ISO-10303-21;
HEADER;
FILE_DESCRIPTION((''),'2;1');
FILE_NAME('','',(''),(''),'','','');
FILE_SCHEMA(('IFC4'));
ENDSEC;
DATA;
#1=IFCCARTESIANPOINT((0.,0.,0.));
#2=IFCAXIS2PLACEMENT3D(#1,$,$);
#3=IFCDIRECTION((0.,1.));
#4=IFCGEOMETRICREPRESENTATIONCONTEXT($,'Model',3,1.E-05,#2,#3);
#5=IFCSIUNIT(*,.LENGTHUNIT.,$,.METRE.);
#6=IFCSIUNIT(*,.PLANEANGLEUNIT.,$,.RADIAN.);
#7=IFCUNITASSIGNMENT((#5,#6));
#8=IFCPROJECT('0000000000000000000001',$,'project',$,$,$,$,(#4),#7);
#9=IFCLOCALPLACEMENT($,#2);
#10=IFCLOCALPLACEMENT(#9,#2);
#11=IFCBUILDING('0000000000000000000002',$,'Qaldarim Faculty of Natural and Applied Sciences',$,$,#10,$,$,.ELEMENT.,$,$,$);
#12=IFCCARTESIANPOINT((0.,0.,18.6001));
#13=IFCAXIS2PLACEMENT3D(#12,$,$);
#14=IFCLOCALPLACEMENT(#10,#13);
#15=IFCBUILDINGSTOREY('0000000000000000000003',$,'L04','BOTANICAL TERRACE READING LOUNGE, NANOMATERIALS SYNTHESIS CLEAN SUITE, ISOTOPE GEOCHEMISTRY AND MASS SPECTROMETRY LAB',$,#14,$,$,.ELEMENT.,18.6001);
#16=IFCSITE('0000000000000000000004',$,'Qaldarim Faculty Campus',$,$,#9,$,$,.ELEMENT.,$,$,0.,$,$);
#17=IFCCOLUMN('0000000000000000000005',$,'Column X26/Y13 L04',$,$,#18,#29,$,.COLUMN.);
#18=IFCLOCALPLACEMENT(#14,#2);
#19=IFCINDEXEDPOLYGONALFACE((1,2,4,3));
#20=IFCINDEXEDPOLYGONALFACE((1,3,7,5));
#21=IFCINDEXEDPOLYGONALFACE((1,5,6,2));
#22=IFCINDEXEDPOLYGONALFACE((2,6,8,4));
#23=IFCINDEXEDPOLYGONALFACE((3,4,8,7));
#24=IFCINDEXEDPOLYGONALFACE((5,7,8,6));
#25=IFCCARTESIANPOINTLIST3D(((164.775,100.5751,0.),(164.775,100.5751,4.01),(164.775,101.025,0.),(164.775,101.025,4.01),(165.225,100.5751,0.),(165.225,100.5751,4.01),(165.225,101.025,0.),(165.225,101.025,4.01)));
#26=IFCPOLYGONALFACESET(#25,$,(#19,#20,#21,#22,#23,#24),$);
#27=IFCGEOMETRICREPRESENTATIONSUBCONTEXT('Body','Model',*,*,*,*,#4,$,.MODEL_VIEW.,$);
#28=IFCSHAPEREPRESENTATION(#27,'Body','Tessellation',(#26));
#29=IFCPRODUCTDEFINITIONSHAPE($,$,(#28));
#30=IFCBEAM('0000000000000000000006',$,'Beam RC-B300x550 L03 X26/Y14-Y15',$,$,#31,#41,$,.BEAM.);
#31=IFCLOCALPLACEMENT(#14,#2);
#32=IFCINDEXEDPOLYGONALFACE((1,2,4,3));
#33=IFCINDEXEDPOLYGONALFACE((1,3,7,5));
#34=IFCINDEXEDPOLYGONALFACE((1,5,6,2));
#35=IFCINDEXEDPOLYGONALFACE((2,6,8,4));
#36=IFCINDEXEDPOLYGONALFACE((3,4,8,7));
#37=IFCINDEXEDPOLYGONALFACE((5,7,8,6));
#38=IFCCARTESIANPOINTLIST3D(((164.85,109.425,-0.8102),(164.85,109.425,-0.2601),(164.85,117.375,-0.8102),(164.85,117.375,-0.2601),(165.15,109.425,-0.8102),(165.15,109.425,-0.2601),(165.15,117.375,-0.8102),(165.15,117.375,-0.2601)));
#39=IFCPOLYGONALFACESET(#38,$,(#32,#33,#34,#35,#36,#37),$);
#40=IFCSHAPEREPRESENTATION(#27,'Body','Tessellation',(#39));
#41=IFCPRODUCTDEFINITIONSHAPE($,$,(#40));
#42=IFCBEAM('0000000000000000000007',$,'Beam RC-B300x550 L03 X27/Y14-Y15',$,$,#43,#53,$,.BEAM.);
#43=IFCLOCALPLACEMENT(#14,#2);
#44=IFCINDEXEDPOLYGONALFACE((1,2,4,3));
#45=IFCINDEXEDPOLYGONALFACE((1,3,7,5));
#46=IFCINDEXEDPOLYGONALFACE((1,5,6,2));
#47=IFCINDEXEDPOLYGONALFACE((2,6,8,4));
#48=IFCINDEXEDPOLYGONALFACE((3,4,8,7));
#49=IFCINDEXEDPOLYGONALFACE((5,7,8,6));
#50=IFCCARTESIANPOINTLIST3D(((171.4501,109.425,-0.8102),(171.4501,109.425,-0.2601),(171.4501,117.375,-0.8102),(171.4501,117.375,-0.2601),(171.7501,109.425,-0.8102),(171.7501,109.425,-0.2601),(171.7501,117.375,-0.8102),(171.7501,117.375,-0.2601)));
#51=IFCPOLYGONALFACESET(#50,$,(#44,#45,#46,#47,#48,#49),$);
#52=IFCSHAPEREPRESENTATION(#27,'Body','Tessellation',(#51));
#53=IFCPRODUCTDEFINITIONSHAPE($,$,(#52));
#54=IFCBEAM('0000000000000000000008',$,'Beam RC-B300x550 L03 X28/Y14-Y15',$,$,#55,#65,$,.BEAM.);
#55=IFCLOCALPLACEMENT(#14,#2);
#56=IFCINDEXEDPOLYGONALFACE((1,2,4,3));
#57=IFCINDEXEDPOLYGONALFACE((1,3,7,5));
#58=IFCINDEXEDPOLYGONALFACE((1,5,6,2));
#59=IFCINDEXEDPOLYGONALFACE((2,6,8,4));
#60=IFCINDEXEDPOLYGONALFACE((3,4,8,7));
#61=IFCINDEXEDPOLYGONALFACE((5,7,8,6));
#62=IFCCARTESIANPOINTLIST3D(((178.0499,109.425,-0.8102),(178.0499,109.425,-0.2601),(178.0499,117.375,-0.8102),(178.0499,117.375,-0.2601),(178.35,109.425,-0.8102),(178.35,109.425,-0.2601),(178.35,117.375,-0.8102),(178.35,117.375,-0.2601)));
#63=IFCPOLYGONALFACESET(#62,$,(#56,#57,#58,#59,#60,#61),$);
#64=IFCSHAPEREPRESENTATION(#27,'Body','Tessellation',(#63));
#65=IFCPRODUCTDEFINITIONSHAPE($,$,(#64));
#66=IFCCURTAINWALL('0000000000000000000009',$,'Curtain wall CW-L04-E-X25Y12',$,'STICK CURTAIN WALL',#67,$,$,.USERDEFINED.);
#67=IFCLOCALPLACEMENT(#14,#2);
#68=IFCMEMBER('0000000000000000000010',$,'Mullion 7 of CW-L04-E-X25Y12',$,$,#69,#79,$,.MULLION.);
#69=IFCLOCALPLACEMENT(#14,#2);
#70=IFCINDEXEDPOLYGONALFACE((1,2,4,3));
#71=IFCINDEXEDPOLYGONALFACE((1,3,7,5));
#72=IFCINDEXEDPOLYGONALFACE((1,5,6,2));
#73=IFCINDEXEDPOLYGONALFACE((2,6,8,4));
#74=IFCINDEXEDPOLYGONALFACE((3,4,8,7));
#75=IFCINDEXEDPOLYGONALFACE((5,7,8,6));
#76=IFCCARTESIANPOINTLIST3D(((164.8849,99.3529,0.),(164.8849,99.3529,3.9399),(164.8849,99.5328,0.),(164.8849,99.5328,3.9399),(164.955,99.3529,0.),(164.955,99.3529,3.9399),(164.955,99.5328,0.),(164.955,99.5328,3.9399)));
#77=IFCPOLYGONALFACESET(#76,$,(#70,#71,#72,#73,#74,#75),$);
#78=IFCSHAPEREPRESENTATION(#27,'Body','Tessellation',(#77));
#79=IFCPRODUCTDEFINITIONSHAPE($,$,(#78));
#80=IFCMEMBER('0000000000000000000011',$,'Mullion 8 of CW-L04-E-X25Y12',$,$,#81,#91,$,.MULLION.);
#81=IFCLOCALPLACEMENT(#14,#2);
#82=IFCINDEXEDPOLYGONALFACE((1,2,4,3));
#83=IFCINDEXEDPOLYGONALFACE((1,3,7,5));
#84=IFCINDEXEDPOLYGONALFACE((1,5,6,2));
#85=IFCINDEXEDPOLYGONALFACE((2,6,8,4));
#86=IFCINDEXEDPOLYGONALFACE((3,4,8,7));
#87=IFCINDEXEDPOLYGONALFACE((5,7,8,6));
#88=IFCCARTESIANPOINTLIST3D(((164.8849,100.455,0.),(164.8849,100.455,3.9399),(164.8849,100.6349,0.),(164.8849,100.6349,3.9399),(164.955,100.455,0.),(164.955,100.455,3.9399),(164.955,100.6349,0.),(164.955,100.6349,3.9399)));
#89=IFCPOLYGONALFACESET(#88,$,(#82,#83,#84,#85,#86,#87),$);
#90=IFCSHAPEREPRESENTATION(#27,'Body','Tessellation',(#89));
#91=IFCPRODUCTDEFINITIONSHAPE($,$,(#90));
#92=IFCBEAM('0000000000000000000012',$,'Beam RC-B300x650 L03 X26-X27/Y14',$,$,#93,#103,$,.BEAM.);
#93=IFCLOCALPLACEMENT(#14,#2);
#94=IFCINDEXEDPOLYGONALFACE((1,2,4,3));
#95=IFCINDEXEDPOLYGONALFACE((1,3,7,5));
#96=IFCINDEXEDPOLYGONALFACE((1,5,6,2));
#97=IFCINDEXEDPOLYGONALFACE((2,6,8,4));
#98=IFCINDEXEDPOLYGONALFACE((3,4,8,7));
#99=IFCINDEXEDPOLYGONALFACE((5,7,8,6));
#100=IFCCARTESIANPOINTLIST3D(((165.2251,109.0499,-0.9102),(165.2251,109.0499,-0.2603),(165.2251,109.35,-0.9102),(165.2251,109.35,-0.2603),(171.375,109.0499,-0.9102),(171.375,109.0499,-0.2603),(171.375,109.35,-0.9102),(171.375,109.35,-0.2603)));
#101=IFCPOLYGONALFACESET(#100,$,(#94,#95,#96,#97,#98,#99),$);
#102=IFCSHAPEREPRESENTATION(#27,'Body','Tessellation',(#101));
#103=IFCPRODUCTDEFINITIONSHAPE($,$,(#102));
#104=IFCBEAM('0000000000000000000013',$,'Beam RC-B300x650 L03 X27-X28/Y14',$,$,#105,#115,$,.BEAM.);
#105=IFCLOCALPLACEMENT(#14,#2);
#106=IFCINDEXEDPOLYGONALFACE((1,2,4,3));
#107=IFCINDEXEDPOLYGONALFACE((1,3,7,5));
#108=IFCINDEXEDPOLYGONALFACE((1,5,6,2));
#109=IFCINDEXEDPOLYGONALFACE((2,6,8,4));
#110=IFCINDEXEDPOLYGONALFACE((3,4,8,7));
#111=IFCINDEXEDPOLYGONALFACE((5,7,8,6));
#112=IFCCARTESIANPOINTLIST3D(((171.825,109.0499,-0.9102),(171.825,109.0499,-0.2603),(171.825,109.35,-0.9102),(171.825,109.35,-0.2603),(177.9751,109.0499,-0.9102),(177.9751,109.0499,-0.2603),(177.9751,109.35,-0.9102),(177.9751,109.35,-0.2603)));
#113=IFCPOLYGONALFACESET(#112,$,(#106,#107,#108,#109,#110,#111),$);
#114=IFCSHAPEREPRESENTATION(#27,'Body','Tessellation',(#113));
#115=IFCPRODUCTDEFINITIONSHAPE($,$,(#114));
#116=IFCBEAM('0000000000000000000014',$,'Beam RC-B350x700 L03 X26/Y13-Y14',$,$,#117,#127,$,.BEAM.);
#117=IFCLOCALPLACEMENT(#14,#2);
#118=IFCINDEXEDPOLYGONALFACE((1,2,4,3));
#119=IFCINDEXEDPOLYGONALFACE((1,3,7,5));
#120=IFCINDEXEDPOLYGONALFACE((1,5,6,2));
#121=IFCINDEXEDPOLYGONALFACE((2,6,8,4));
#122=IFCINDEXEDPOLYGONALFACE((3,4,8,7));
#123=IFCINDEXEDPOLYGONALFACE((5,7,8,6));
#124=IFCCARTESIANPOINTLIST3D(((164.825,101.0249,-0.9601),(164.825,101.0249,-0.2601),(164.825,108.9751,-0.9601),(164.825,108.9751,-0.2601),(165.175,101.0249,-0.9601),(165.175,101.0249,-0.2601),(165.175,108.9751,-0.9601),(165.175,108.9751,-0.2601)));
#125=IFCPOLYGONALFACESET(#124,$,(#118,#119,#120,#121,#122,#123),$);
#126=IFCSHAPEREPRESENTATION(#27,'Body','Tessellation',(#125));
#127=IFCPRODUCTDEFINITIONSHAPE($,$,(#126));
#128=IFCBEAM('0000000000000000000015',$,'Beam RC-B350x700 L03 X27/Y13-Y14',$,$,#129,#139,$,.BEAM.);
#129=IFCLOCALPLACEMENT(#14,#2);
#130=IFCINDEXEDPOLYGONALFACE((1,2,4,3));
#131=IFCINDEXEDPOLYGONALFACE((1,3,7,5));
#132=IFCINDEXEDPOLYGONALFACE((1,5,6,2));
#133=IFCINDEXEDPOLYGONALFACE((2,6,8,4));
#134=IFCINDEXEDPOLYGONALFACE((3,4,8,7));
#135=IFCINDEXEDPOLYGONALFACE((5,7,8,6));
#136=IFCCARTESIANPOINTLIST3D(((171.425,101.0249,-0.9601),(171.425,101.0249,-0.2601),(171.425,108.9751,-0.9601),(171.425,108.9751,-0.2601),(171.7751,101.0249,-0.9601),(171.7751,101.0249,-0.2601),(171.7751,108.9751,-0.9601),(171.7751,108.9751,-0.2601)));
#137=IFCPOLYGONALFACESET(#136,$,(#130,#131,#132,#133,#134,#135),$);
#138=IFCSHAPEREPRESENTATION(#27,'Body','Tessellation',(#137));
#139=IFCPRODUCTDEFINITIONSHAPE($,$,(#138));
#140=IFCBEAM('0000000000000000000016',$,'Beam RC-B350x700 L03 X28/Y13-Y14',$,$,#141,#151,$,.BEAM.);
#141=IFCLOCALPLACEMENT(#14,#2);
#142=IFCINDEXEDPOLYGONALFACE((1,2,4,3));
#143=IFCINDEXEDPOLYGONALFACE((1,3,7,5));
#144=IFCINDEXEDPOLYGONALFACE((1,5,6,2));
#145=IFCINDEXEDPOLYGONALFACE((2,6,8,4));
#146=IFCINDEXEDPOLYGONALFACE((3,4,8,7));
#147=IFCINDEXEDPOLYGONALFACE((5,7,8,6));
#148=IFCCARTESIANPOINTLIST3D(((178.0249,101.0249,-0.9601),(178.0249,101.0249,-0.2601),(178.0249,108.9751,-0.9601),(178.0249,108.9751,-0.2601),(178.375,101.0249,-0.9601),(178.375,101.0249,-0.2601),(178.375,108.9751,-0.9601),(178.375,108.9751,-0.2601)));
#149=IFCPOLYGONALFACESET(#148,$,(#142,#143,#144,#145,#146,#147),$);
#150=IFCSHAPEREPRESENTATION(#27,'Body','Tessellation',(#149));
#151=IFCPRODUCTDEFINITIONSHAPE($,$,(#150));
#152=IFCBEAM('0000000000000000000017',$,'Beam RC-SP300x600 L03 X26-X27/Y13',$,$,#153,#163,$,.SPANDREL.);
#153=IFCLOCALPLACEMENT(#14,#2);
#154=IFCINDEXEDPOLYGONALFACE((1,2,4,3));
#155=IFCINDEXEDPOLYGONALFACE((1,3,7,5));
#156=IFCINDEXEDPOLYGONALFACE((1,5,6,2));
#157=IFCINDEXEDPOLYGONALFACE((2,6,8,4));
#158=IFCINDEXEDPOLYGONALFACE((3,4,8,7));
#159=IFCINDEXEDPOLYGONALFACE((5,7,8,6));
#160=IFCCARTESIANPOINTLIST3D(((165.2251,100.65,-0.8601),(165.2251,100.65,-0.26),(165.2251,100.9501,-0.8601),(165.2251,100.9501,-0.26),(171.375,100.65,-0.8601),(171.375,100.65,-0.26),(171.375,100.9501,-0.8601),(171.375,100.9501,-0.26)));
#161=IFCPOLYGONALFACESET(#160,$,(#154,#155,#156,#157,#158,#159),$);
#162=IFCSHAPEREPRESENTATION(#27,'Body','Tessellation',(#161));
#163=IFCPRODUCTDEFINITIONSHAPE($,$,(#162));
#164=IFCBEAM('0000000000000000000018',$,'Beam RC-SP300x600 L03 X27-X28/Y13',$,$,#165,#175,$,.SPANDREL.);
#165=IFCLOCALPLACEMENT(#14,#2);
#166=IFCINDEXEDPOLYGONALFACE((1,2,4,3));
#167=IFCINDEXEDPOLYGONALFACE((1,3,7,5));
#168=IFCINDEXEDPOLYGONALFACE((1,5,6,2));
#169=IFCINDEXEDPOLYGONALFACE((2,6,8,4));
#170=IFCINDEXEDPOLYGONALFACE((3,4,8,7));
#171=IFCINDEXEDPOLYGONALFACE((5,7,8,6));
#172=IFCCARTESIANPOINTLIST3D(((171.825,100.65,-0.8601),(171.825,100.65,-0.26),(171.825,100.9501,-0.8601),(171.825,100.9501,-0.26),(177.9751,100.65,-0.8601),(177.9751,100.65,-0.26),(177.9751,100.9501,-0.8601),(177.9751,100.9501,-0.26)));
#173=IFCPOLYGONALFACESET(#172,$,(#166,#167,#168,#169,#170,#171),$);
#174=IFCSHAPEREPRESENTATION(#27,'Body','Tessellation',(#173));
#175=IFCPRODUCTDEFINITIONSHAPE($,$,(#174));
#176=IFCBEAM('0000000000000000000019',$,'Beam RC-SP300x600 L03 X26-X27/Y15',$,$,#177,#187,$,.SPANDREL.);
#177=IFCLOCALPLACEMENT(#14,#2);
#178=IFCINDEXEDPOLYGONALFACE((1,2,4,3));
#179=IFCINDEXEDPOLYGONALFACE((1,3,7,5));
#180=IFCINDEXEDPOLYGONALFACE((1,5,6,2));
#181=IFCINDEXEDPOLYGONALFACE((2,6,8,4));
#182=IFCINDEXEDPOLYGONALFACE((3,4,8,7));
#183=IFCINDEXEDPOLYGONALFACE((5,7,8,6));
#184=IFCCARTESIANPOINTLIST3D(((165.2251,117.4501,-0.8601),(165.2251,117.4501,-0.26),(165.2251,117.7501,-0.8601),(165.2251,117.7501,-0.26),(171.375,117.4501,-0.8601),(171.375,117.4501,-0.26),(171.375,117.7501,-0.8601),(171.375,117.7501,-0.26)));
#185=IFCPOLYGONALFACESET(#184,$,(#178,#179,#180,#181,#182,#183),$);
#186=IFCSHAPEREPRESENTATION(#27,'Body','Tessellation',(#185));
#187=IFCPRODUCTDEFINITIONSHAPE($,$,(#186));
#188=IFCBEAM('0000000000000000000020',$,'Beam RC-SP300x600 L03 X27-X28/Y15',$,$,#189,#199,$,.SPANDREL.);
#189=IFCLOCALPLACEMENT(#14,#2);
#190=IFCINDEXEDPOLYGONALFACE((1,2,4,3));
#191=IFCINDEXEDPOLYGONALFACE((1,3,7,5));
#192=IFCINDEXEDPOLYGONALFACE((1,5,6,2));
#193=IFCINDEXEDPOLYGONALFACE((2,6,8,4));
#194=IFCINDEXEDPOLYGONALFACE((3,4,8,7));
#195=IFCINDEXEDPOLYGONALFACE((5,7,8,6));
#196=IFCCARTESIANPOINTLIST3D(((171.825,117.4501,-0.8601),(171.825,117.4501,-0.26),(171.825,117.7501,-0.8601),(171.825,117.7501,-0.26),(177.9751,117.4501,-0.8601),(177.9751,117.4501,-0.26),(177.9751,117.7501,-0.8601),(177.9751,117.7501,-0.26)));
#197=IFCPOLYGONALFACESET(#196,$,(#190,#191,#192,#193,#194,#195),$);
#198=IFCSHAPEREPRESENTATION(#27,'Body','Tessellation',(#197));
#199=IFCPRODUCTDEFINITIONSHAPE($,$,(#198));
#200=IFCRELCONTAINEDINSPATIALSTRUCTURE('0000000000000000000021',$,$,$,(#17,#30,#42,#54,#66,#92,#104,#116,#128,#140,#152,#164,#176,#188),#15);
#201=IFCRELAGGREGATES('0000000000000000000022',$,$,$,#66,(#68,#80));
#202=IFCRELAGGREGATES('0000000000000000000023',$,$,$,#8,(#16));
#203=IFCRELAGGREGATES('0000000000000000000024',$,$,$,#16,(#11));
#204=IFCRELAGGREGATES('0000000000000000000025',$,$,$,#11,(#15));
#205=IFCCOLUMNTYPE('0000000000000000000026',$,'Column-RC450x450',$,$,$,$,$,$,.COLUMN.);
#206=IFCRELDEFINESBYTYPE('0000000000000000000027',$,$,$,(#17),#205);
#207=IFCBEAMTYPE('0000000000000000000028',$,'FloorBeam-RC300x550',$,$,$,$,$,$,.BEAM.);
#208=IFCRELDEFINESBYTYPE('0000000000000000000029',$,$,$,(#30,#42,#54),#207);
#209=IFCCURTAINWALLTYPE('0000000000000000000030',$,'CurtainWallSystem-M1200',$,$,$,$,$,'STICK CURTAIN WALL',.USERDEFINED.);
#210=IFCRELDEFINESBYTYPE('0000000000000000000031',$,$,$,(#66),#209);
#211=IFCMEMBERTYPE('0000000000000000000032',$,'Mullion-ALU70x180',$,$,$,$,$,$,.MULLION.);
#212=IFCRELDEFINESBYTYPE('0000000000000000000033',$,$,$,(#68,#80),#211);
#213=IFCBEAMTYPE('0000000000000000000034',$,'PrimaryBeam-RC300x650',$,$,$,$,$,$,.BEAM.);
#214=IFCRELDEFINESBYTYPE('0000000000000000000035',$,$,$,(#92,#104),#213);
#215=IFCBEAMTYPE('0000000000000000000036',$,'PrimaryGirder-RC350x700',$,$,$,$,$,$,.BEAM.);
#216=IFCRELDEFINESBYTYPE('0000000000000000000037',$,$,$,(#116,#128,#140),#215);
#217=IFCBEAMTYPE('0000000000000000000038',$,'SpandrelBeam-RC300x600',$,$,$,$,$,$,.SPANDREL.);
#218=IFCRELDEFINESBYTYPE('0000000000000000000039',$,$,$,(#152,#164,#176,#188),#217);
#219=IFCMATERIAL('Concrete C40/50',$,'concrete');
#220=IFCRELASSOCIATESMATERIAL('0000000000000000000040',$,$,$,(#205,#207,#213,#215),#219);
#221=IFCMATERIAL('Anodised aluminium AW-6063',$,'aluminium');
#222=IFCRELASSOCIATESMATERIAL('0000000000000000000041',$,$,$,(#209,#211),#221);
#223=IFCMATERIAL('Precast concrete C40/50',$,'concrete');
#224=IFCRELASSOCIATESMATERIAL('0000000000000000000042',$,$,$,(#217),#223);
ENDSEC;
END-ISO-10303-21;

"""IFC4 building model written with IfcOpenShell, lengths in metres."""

from ifc_helpers import new_model, si_unit, direction, frame, origin, origin_2d, place, context, subcontext, project, spatial, rectangle, extrude, material, material_profile, profile_set, type_object, element, aggregate, save


model = new_model("IFC4")

# Units and contexts
model_context = context("Model", 3, precision=1e-05, world=origin(), true_north=direction((0.0, 1.0)))
body_context = subcontext(model_context, "Body", "Model", "MODEL_VIEW")
ifc_project = project(units=[si_unit("LENGTHUNIT", "METRE"), si_unit("PLANEANGLEUNIT", "RADIAN")], contexts=[model_context])

# Site, building, storey
site_placement = place(None, origin())
site = spatial("IfcSite", under=ifc_project, at=site_placement, Name="Qaldarim Faculty Campus", CompositionType="ELEMENT", RefElevation=0.0)
building_placement = place(site_placement, origin())
building = spatial("IfcBuilding", under=site, at=building_placement, Name="Qaldarim Faculty of Natural and Applied Sciences", CompositionType="ELEMENT")
storey_placement = place(building_placement, frame((0.0, 0.0, 18.6001)))
storey = spatial("IfcBuildingStorey", under=building, at=storey_placement, Name="L04", Description="BOTANICAL TERRACE READING LOUNGE, NANOMATERIALS SYNTHESIS CLEAN SUITE, ISOTOPE GEOCHEMISTRY AND MASS SPECTROMETRY LAB", CompositionType="ELEMENT", Elevation=18.6001)

# Column
ifc_material_1 = material(Name="Concrete C40/50", Category="concrete")
ifc_material_profile_1 = material_profile(ifc_material_1, rectangle(XDim=0.45, YDim=0.45, at=origin_2d()), Name="RC-C450x450")
ifc_profile_set_1 = profile_set([ifc_material_profile_1], Name="Concrete C40/50")
column_type = type_object("IfcColumnType", Name="Column-RC450x450", PredefinedType="COLUMN", material=ifc_profile_set_1)
column_placement = place(storey_placement, frame((165.0, 100.8, 0.0), z_axis=(0.0, 0.0, 1.0), x_axis=(1.0, 0.0, 0.0)))
element("IfcColumn", 1, at=column_placement, inside=storey, type_object=column_type, Name="Column X26/Y13 L04", PredefinedType="COLUMN", context=body_context, shape_type="SweptSolid", body=[
    extrude(rectangle(XDim=0.45, YDim=0.45, at=origin_2d()), origin(), (0.0, 0.0, 1.0), 4.01),
])

# Beams
ifc_material_profile_2 = material_profile(ifc_material_1, rectangle(XDim=0.3, YDim=0.55, at=origin_2d()), Name="RC-B300x550")
ifc_profile_set_2 = profile_set([ifc_material_profile_2], Name="Concrete C40/50")
beam_type_1 = type_object("IfcBeamType", Name="FloorBeam-RC300x550", PredefinedType="BEAM", material=ifc_profile_set_2)
for number, where, z_axis, x_axis, name in (
    (2, (165.0, 109.425, -0.5352), (0.0, 1.0, 0.0), (-1.0, 0.0, 0.0), "Beam RC-B300x550 L03 X26/Y14-Y15"),
    (3, (171.6001, 109.425, -0.5352), (0.0, 1.0, 0.0), (-1.0, 0.0, 0.0), "Beam RC-B300x550 L03 X27/Y14-Y15"),
    (4, (178.2, 109.425, -0.5352), (0.0, 1.0, 0.0), (-1.0, 0.0, 0.0), "Beam RC-B300x550 L03 X28/Y14-Y15"),
):
    element("IfcBeam", number, at=place(storey_placement, frame(where, z_axis=z_axis, x_axis=x_axis)), inside=storey, type_object=beam_type_1, Name=name, PredefinedType="BEAM", context=body_context, shape_type="SweptSolid", body=[
        extrude(rectangle(XDim=0.3, YDim=0.55, at=origin_2d()), origin(), (0.0, 0.0, 1.0), 7.95),
    ])

# Curtain wall, members
ifc_material_2 = material(Name="Anodised aluminium AW-6063", Category="aluminium")
curtain_wall_type = type_object("IfcCurtainWallType", Name="CurtainWallSystem-M1200", ElementType="STICK CURTAIN WALL", PredefinedType="USERDEFINED", material=ifc_material_2)
curtain_wall_placement = place(storey_placement, origin())
curtain_wall = element("IfcCurtainWall", 5, at=curtain_wall_placement, inside=storey, type_object=curtain_wall_type, Name="Curtain wall CW-L04-E-X25Y12", ObjectType="STICK CURTAIN WALL", PredefinedType="USERDEFINED")
ifc_material_profile_3 = material_profile(ifc_material_2, rectangle(XDim=0.0701, YDim=0.1799, at=origin_2d()), Name="ALU-M70x180")
ifc_profile_set_3 = profile_set([ifc_material_profile_3], Name="Anodised aluminium AW-6063")
member_type_1 = type_object("IfcMemberType", Name="Mullion-ALU70x180", PredefinedType="MULLION", material=ifc_profile_set_3)
member_1_placement = place(storey_placement, frame((164.9199, 99.4429, 0.0), z_axis=(0.0, 0.0, 1.0), x_axis=(-1.0, 0.0, 0.0)))
member_1 = element("IfcMember", 6, at=member_1_placement, type_object=member_type_1, Name="Mullion 7 of CW-L04-E-X25Y12", PredefinedType="MULLION", context=body_context, shape_type="SweptSolid", body=[
    extrude(rectangle(XDim=0.0701, YDim=0.1799, at=origin_2d()), origin(), (0.0, 0.0, 1.0), 3.9399),
])
member_2_placement = place(storey_placement, frame((164.9199, 100.5449, 0.0), z_axis=(0.0, 0.0, 1.0), x_axis=(-1.0, 0.0, 0.0)))
member_2 = element("IfcMember", 7, at=member_2_placement, type_object=member_type_1, Name="Mullion 8 of CW-L04-E-X25Y12", PredefinedType="MULLION", context=body_context, shape_type="SweptSolid", body=[
    extrude(rectangle(XDim=0.0701, YDim=0.1799, at=origin_2d()), origin(), (0.0, 0.0, 1.0), 3.9399),
])

# Beams
ifc_material_profile_4 = material_profile(ifc_material_1, rectangle(XDim=0.3, YDim=0.6499, at=origin_2d()), Name="RC-B300x650")
ifc_profile_set_4 = profile_set([ifc_material_profile_4], Name="Concrete C40/50")
beam_type_2 = type_object("IfcBeamType", Name="PrimaryBeam-RC300x650", PredefinedType="BEAM", material=ifc_profile_set_4)
beam_1_placement = place(storey_placement, frame((165.2251, 109.2, -0.5852), z_axis=(1.0, 0.0, 0.0), x_axis=(0.0, 1.0, 0.0)))
element("IfcBeam", 8, at=beam_1_placement, inside=storey, type_object=beam_type_2, Name="Beam RC-B300x650 L03 X26-X27/Y14", PredefinedType="BEAM", context=body_context, shape_type="SweptSolid", body=[
    extrude(rectangle(XDim=0.3, YDim=0.6499, at=origin_2d()), origin(), (0.0, 0.0, 1.0), 6.1499),
])
beam_2_placement = place(storey_placement, frame((171.825, 109.2, -0.5852), z_axis=(1.0, 0.0, 0.0), x_axis=(0.0, 1.0, 0.0)))
element("IfcBeam", 9, at=beam_2_placement, inside=storey, type_object=beam_type_2, Name="Beam RC-B300x650 L03 X27-X28/Y14", PredefinedType="BEAM", context=body_context, shape_type="SweptSolid", body=[
    extrude(rectangle(XDim=0.3, YDim=0.6499, at=origin_2d()), origin(), (0.0, 0.0, 1.0), 6.1501),
])
ifc_material_profile_5 = material_profile(ifc_material_1, rectangle(XDim=0.3501, YDim=0.7, at=origin_2d()), Name="RC-B350x700")
ifc_profile_set_5 = profile_set([ifc_material_profile_5], Name="Concrete C40/50")
beam_type_3 = type_object("IfcBeamType", Name="PrimaryGirder-RC350x700", PredefinedType="BEAM", material=ifc_profile_set_5)
for number, where, z_axis, x_axis, name in (
    (10, (165.0, 101.0249, -0.6101), (0.0, 1.0, 0.0), (-1.0, 0.0, 0.0), "Beam RC-B350x700 L03 X26/Y13-Y14"),
    (11, (171.6001, 101.0249, -0.6101), (0.0, 1.0, 0.0), (-1.0, 0.0, 0.0), "Beam RC-B350x700 L03 X27/Y13-Y14"),
    (12, (178.2, 101.0249, -0.6101), (0.0, 1.0, 0.0), (-1.0, 0.0, 0.0), "Beam RC-B350x700 L03 X28/Y13-Y14"),
):
    element("IfcBeam", number, at=place(storey_placement, frame(where, z_axis=z_axis, x_axis=x_axis)), inside=storey, type_object=beam_type_3, Name=name, PredefinedType="BEAM", context=body_context, shape_type="SweptSolid", body=[
        extrude(rectangle(XDim=0.3501, YDim=0.7, at=origin_2d()), origin(), (0.0, 0.0, 1.0), 7.9502),
    ])
ifc_material_3 = material(Name="Precast concrete C40/50", Category="concrete")
ifc_material_profile_6 = material_profile(ifc_material_3, rectangle(XDim=0.3, YDim=0.6001, at=origin_2d()), Name="RC-SP300x600")
ifc_profile_set_6 = profile_set([ifc_material_profile_6], Name="Precast concrete C40/50")
beam_type_4 = type_object("IfcBeamType", Name="SpandrelBeam-RC300x600", PredefinedType="SPANDREL", material=ifc_profile_set_6)
beam_3_placement = place(storey_placement, frame((165.2251, 100.8, -0.5601), z_axis=(1.0, 0.0, 0.0), x_axis=(0.0, 1.0, 0.0)))
element("IfcBeam", 13, at=beam_3_placement, inside=storey, type_object=beam_type_4, Name="Beam RC-SP300x600 L03 X26-X27/Y13", PredefinedType="SPANDREL", context=body_context, shape_type="SweptSolid", body=[
    extrude(rectangle(XDim=0.3, YDim=0.6001, at=origin_2d()), origin(), (0.0, 0.0, 1.0), 6.1499),
])
beam_4_placement = place(storey_placement, frame((171.825, 100.8, -0.5601), z_axis=(1.0, 0.0, 0.0), x_axis=(0.0, 1.0, 0.0)))
element("IfcBeam", 14, at=beam_4_placement, inside=storey, type_object=beam_type_4, Name="Beam RC-SP300x600 L03 X27-X28/Y13", PredefinedType="SPANDREL", context=body_context, shape_type="SweptSolid", body=[
    extrude(rectangle(XDim=0.3, YDim=0.6001, at=origin_2d()), origin(), (0.0, 0.0, 1.0), 6.1501),
])
beam_5_placement = place(storey_placement, frame((165.2251, 117.6001, -0.5601), z_axis=(1.0, 0.0, 0.0), x_axis=(0.0, 1.0, 0.0)))
element("IfcBeam", 15, at=beam_5_placement, inside=storey, type_object=beam_type_4, Name="Beam RC-SP300x600 L03 X26-X27/Y15", PredefinedType="SPANDREL", context=body_context, shape_type="SweptSolid", body=[
    extrude(rectangle(XDim=0.3, YDim=0.6001, at=origin_2d()), origin(), (0.0, 0.0, 1.0), 6.1499),
])
beam_6_placement = place(storey_placement, frame((171.825, 117.6001, -0.5601), z_axis=(1.0, 0.0, 0.0), x_axis=(0.0, 1.0, 0.0)))
element("IfcBeam", 16, at=beam_6_placement, inside=storey, type_object=beam_type_4, Name="Beam RC-SP300x600 L03 X27-X28/Y15", PredefinedType="SPANDREL", context=body_context, shape_type="SweptSolid", body=[
    extrude(rectangle(XDim=0.3, YDim=0.6001, at=origin_2d()), origin(), (0.0, 0.0, 1.0), 6.1501),
])

aggregate(curtain_wall, [member_1, member_2])

save(model, "model.ifc")
